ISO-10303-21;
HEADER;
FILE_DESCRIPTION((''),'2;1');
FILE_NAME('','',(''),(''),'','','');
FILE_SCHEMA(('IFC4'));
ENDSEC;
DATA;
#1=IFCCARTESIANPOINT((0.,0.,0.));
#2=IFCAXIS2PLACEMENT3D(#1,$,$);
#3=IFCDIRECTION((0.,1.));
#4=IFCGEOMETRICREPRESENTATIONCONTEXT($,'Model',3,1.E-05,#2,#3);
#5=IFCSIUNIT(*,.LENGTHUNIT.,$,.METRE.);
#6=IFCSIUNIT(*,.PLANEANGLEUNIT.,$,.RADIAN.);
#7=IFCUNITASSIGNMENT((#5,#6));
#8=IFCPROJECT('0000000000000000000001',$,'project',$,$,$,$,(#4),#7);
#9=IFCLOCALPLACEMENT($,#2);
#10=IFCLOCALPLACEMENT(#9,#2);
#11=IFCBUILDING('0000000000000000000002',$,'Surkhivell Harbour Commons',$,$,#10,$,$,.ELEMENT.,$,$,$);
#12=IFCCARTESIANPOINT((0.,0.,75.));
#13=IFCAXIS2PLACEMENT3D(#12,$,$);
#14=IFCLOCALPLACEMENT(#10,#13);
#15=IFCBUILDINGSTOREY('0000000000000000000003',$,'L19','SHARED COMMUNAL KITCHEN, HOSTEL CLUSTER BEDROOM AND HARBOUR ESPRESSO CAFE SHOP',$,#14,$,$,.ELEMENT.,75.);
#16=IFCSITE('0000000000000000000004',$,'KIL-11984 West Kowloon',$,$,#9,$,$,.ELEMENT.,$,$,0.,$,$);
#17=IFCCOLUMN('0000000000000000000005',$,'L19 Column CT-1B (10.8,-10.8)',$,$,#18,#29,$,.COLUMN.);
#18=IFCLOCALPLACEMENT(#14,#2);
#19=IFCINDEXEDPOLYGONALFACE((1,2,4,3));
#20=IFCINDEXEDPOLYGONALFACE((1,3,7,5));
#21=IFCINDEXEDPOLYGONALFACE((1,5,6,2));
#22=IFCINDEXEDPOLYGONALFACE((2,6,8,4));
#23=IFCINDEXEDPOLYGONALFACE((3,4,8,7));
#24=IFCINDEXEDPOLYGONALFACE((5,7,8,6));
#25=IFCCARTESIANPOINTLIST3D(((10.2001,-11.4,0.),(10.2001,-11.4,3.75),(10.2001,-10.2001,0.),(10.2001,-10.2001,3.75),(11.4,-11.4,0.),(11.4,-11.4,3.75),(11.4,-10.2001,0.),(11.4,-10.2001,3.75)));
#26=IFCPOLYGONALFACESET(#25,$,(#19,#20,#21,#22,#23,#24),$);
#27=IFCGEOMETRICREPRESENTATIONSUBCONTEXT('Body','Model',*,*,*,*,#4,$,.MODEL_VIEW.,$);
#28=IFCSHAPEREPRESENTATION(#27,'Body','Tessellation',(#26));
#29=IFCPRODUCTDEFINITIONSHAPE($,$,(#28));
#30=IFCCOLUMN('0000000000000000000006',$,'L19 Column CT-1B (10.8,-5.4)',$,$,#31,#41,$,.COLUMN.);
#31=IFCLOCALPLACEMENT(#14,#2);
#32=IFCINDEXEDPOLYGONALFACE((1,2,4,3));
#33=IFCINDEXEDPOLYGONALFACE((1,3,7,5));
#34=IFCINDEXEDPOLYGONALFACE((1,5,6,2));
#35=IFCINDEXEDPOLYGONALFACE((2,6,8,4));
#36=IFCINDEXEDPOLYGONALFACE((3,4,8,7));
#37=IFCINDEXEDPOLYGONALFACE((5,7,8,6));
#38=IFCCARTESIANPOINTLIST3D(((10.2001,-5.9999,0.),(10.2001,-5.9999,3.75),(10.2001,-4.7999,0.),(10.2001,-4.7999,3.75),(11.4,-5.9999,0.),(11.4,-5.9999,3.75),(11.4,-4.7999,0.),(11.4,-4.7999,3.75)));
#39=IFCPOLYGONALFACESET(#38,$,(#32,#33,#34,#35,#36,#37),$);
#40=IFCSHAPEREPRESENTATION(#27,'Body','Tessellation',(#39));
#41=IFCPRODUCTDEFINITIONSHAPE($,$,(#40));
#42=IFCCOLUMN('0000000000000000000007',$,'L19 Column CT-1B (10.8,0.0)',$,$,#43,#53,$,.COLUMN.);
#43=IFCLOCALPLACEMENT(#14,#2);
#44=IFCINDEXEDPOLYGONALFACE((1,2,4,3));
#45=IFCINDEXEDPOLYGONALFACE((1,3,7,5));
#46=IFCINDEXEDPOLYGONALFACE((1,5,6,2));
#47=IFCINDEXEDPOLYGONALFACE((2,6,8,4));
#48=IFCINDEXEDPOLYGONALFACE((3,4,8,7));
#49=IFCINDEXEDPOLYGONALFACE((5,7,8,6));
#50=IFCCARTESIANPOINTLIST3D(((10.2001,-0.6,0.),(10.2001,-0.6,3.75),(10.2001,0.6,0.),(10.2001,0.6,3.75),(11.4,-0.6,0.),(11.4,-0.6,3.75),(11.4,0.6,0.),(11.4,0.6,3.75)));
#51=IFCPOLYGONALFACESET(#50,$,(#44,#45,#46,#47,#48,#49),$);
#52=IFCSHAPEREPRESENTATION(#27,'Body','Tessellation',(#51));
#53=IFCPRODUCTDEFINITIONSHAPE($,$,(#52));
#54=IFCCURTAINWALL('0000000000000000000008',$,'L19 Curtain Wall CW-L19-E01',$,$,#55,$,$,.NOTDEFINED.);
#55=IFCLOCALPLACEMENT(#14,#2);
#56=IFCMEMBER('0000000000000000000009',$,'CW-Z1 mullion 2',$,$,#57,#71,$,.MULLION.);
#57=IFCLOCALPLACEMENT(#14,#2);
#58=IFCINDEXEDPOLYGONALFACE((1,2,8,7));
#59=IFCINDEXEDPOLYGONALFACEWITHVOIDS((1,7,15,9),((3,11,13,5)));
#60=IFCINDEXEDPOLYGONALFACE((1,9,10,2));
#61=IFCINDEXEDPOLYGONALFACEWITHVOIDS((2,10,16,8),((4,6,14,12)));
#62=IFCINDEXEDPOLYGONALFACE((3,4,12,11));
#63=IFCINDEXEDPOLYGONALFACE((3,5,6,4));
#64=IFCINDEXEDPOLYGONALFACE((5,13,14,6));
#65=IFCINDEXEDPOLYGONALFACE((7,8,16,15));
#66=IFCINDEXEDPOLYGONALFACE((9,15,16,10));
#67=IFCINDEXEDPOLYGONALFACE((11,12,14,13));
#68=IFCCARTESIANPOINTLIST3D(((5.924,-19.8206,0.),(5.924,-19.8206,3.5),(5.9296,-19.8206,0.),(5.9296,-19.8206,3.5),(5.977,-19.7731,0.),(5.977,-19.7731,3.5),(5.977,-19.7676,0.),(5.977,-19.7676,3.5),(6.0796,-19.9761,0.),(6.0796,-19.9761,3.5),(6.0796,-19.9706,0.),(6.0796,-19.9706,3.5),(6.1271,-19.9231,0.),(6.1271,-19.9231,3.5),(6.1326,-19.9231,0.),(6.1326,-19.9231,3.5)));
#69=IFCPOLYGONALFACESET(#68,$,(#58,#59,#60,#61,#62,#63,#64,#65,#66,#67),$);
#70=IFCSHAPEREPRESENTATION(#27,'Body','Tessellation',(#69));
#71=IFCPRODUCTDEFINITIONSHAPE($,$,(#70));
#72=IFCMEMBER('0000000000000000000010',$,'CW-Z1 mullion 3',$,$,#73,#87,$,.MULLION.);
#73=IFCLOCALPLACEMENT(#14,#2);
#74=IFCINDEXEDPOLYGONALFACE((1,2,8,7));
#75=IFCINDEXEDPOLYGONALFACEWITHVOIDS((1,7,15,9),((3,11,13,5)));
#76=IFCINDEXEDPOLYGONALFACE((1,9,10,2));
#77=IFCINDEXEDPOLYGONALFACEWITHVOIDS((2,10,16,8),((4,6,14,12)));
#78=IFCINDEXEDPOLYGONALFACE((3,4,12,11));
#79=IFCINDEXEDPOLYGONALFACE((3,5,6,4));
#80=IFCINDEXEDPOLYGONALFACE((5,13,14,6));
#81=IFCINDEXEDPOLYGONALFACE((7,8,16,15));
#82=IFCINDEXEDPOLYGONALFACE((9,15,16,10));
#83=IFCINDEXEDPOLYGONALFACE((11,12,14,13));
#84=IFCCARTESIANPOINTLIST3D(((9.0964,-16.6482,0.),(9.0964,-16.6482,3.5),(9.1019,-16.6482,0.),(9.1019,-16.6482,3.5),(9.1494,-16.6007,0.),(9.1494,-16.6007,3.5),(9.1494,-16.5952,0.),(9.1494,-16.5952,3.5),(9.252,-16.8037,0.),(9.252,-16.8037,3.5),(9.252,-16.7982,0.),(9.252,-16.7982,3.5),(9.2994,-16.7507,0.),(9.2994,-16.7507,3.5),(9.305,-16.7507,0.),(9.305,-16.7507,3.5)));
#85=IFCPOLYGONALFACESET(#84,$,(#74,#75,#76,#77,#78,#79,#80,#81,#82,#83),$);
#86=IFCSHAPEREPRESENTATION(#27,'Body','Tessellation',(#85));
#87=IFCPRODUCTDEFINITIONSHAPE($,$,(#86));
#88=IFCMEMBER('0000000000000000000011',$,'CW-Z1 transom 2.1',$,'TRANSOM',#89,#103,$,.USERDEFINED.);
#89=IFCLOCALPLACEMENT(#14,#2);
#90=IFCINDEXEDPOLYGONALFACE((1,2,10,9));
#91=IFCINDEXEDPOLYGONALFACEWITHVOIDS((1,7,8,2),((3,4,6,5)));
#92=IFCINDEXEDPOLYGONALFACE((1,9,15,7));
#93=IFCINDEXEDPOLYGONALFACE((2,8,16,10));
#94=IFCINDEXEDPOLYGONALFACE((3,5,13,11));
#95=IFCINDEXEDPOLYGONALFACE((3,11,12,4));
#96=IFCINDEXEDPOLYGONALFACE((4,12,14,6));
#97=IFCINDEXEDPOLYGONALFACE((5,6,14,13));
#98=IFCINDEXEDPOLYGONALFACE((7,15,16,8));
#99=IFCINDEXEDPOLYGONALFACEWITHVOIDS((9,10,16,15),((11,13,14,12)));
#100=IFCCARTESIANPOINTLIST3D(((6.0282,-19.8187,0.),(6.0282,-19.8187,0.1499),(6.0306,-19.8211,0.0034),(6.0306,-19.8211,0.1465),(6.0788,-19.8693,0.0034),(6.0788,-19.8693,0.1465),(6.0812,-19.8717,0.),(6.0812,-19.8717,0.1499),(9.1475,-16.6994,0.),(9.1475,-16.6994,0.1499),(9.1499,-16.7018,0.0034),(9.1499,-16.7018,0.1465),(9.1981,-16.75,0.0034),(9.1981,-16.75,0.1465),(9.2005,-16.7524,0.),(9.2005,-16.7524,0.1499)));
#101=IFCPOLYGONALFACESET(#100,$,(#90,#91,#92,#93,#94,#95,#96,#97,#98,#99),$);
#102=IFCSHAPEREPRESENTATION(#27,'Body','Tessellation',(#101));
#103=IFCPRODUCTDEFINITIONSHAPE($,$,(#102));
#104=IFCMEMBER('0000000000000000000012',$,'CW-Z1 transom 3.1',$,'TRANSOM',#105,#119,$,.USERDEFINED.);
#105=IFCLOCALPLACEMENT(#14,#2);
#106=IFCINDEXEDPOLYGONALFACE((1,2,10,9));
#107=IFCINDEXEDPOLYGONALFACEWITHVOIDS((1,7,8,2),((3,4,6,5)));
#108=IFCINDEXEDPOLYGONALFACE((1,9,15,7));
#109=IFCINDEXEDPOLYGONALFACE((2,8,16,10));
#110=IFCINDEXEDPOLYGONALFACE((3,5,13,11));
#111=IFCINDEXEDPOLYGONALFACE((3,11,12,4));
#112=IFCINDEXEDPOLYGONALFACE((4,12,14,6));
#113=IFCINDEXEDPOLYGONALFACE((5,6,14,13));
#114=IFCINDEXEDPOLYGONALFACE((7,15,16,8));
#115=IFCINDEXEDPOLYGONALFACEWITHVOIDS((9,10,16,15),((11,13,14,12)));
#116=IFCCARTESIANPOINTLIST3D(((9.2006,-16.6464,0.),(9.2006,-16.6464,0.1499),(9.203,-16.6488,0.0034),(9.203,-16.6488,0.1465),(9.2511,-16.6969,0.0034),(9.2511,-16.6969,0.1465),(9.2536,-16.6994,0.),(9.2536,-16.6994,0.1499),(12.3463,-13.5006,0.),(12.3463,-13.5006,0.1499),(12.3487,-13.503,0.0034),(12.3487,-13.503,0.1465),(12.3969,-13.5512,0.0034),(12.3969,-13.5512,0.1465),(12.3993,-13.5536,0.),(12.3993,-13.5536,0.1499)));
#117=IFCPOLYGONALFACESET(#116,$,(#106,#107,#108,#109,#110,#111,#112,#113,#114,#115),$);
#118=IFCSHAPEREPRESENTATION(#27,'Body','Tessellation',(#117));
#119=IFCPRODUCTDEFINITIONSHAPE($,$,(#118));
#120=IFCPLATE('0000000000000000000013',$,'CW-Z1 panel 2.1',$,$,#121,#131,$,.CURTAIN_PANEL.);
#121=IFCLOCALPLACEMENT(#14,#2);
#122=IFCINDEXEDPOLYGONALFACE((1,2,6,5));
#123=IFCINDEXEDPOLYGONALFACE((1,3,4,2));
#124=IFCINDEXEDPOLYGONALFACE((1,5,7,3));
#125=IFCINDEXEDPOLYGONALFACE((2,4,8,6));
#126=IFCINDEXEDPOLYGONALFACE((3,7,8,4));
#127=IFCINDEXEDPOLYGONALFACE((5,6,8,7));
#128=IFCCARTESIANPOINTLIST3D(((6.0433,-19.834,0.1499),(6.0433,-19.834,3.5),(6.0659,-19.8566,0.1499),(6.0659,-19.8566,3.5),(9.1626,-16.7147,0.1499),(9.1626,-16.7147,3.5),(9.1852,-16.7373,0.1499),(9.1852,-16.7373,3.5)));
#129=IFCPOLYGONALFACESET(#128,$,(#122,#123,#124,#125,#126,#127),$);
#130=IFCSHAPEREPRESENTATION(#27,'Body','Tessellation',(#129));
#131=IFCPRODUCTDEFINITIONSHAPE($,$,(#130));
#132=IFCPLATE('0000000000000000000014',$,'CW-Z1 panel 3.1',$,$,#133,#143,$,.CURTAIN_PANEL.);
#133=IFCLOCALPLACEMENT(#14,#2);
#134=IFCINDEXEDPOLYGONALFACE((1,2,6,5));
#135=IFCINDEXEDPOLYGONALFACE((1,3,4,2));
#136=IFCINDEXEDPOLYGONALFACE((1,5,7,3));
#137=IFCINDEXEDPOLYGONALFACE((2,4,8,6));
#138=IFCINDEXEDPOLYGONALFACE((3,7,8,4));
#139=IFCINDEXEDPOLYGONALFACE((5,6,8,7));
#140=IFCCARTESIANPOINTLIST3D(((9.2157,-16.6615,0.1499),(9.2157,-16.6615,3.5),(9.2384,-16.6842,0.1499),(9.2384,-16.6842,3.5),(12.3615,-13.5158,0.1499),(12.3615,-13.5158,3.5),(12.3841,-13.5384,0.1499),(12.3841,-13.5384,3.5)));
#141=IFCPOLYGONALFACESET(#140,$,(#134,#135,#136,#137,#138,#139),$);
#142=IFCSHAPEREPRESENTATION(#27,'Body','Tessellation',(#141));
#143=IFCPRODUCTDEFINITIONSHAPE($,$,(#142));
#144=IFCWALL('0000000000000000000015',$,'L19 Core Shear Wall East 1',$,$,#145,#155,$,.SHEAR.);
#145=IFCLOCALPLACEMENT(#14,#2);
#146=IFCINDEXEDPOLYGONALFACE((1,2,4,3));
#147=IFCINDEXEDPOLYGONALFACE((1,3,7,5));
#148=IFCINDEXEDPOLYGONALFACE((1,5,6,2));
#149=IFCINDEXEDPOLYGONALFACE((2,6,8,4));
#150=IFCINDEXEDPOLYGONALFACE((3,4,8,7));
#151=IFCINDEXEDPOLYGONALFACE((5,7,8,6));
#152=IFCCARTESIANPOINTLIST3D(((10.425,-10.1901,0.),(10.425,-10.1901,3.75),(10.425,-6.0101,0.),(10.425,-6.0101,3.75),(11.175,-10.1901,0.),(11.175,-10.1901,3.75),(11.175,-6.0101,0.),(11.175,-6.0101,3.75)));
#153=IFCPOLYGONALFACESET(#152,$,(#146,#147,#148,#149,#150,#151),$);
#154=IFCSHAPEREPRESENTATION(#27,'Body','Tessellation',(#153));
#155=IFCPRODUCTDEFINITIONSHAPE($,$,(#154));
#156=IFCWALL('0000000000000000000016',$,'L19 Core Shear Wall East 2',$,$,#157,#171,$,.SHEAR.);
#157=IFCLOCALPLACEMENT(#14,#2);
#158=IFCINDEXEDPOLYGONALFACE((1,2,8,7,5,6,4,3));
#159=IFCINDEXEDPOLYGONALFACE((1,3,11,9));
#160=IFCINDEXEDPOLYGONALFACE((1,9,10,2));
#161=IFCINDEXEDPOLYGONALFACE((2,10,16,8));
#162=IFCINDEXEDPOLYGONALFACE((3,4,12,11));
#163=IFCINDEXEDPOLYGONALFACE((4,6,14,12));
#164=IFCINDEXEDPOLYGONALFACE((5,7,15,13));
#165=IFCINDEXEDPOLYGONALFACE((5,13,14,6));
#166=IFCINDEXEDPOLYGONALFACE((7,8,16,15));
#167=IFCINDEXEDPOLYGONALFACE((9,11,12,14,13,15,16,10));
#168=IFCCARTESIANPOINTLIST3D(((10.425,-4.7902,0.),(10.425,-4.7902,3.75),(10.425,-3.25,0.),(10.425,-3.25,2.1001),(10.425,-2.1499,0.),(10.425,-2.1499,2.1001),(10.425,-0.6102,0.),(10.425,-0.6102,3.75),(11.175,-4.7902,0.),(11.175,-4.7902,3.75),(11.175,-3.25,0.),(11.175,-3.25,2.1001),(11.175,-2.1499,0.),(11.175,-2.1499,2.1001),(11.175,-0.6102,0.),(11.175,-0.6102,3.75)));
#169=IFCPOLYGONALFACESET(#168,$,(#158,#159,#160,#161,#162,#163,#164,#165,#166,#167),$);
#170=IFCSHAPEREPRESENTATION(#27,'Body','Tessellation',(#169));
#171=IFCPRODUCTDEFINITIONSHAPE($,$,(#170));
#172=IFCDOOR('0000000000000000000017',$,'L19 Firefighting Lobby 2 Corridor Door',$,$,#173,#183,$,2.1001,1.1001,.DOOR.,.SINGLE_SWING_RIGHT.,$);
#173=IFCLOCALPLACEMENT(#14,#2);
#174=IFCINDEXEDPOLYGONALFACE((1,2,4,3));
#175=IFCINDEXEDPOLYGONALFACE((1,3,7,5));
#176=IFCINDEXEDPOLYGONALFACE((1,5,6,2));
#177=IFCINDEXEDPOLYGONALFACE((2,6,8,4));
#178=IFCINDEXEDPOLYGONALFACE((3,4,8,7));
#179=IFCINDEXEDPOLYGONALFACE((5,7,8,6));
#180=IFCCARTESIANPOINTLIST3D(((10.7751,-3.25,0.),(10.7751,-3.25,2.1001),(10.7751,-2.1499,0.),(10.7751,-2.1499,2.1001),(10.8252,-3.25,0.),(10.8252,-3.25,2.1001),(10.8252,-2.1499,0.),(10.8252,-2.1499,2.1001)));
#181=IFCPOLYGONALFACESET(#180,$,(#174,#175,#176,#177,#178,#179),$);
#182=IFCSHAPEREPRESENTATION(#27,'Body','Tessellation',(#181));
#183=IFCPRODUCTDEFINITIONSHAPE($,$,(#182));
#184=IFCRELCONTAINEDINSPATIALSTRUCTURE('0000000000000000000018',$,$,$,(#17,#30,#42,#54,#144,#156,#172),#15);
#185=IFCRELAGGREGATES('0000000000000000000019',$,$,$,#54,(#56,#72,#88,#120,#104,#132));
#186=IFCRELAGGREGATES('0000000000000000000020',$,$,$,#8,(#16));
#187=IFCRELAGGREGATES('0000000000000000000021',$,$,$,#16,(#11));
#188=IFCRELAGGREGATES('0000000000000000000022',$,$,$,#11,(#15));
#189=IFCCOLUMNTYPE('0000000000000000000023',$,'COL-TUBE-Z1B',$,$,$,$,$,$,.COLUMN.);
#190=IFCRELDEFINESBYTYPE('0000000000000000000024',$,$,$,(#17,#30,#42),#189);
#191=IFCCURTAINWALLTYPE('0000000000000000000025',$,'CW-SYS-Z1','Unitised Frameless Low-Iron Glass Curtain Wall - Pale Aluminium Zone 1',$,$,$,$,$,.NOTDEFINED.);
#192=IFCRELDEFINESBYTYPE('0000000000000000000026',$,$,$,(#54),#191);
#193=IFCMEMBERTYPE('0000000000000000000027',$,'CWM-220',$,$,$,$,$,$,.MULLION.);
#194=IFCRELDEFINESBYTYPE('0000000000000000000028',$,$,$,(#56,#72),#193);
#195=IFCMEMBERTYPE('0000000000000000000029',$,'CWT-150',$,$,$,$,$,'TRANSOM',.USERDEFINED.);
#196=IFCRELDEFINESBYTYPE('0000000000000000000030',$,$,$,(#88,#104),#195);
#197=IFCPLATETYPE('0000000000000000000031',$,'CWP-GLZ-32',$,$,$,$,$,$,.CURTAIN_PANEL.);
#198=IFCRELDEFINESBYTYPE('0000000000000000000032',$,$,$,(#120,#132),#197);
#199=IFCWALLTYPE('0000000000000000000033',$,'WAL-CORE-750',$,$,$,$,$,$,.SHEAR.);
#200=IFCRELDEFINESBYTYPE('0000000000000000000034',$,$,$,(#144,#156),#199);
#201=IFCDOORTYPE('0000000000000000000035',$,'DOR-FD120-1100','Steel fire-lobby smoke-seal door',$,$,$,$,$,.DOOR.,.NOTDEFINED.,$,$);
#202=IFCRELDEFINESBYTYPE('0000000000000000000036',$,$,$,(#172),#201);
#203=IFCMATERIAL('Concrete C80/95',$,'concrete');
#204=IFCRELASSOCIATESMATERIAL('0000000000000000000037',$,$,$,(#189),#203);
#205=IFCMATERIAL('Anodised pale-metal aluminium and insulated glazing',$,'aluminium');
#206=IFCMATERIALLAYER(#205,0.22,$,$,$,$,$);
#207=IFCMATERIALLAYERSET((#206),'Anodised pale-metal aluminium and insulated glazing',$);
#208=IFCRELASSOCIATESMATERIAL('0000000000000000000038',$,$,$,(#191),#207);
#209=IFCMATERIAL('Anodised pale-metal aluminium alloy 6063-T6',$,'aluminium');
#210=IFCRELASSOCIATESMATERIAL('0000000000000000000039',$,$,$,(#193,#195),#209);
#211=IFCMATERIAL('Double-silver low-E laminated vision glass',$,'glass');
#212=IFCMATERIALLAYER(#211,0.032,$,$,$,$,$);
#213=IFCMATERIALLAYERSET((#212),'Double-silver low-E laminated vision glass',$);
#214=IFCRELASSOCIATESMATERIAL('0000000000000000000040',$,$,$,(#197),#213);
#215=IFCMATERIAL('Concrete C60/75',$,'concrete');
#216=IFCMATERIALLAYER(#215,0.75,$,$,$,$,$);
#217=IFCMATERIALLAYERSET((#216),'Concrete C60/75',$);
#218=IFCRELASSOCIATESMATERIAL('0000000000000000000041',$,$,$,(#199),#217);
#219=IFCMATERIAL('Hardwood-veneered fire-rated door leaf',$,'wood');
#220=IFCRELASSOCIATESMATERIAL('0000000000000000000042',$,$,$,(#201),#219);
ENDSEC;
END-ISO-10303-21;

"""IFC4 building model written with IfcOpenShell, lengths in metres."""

from ifc_helpers import new_model, si_unit, direction, frame, frame_2d, origin, origin_2d, place, context, subcontext, project, spatial, rectangle, hollow_rectangle, extrude, material, layer, layer_set, material_profile, profile_set, type_object, element, fill, aggregate, save


model = new_model("IFC4")

# Units and contexts
model_context = context("Model", 3, precision=1e-05, world=origin(), true_north=direction((0.0, 1.0)))
body_context = subcontext(model_context, "Body", "Model", "MODEL_VIEW")
ifc_project = project(units=[si_unit("LENGTHUNIT", "METRE"), si_unit("PLANEANGLEUNIT", "RADIAN")], contexts=[model_context])

# Site, building, storey
site_placement = place(None, origin())
site = spatial("IfcSite", under=ifc_project, at=site_placement, Name="KIL-11984 West Kowloon", CompositionType="ELEMENT", RefElevation=0.0)
building_placement = place(site_placement, origin())
building = spatial("IfcBuilding", under=site, at=building_placement, Name="Surkhivell Harbour Commons", CompositionType="ELEMENT")
storey_placement = place(building_placement, frame((0.0, 0.0, 75.0)))
storey = spatial("IfcBuildingStorey", under=building, at=storey_placement, Name="L19", Description="SHARED COMMUNAL KITCHEN, HOSTEL CLUSTER BEDROOM AND HARBOUR ESPRESSO CAFE SHOP", CompositionType="ELEMENT", Elevation=75.0)

# Columns
ifc_material_1 = material(Name="Concrete C80/95", Category="concrete")
ifc_material_profile_1 = material_profile(ifc_material_1, rectangle(XDim=1.2, YDim=1.2, at=origin_2d()), Name="RC-COL-1200x1200")
ifc_profile_set_1 = profile_set([ifc_material_profile_1], Name="Concrete C80/95")
column_type = type_object("IfcColumnType", Name="COL-TUBE-Z1B", PredefinedType="COLUMN", material=ifc_profile_set_1)
for number, where, z_axis, x_axis, name in (
    (1, (10.8, -10.8, 0.0), (0.0, 0.0, 1.0), (1.0, 0.0, 0.0), "L19 Column CT-1B (10.8,-10.8)"),
    (2, (10.8, -5.3999, 0.0), (0.0, 0.0, 1.0), (1.0, 0.0, 0.0), "L19 Column CT-1B (10.8,-5.4)"),
    (3, (10.8, 0.0, 0.0), (0.0, 0.0, 1.0), (1.0, 0.0, 0.0), "L19 Column CT-1B (10.8,0.0)"),
):
    element("IfcColumn", number, at=place(storey_placement, frame(where, z_axis=z_axis, x_axis=x_axis)), inside=storey, type_object=column_type, Name=name, PredefinedType="COLUMN", context=body_context, shape_type="SweptSolid", body=[
        extrude(rectangle(XDim=1.2, YDim=1.2, at=origin_2d()), origin(), (0.0, 0.0, 1.0), 3.75),
    ])

# Curtain wall, members, plates
ifc_material_2 = material(Name="Anodised pale-metal aluminium and insulated glazing", Category="aluminium")
ifc_layer_1 = layer(ifc_material_2, 0.22)
ifc_layer_set_1 = layer_set([ifc_layer_1], Name="Anodised pale-metal aluminium and insulated glazing")
curtain_wall_type = type_object("IfcCurtainWallType", Name="CW-SYS-Z1", Description="Unitised Frameless Low-Iron Glass Curtain Wall - Pale Aluminium Zone 1", PredefinedType="NOTDEFINED", material=ifc_layer_set_1)
curtain_wall_placement = place(storey_placement, origin())
curtain_wall = element("IfcCurtainWall", 4, at=curtain_wall_placement, inside=storey, type_object=curtain_wall_type, Name="L19 Curtain Wall CW-L19-E01", PredefinedType="NOTDEFINED")
ifc_material_3 = material(Name="Anodised pale-metal aluminium alloy 6063-T6", Category="aluminium")
ifc_material_profile_2 = material_profile(ifc_material_3, hollow_rectangle(XDim=0.075, YDim=0.22, WallThickness=0.0039, at=origin_2d()), Name="ALU-MULL-75x220")
ifc_profile_set_2 = profile_set([ifc_material_profile_2], Name="Anodised pale-metal aluminium alloy 6063-T6")
member_type_1 = type_object("IfcMemberType", Name="CWM-220", PredefinedType="MULLION", material=ifc_profile_set_2)
member_1_placement = place(storey_placement, frame((6.0283, -19.8718, 0.0), z_axis=(0.0, 0.0, 1.0), x_axis=(0.707107, 0.707107, 0.0)))
member_1 = element("IfcMember", 5, at=member_1_placement, type_object=member_type_1, Name="CW-Z1 mullion 2", PredefinedType="MULLION", context=body_context, shape_type="SweptSolid", body=[
    extrude(hollow_rectangle(XDim=0.075, YDim=0.22, WallThickness=0.0039, at=origin_2d()), origin(), (0.0, 0.0, 1.0), 3.5),
])
member_2_placement = place(storey_placement, frame((9.2007, -16.6995, 0.0), z_axis=(0.0, 0.0, 1.0), x_axis=(0.707107, 0.707107, 0.0)))
member_2 = element("IfcMember", 6, at=member_2_placement, type_object=member_type_1, Name="CW-Z1 mullion 3", PredefinedType="MULLION", context=body_context, shape_type="SweptSolid", body=[
    extrude(hollow_rectangle(XDim=0.075, YDim=0.22, WallThickness=0.0039, at=origin_2d()), origin(), (0.0, 0.0, 1.0), 3.5),
])
ifc_material_profile_3 = material_profile(ifc_material_3, hollow_rectangle(XDim=0.075, YDim=0.1499, WallThickness=0.0034, at=origin_2d()), Name="ALU-TRAN-75x150")
ifc_profile_set_3 = profile_set([ifc_material_profile_3], Name="Anodised pale-metal aluminium alloy 6063-T6")
member_type_2 = type_object("IfcMemberType", Name="CWT-150", ElementType="TRANSOM", PredefinedType="USERDEFINED", material=ifc_profile_set_3)
member_3_placement = place(storey_placement, frame((6.0547, -19.8452, 0.075), z_axis=(0.707107, 0.707107, 0.0), x_axis=(-0.707107, 0.707107, 0.0)))
member_3 = element("IfcMember", 7, at=member_3_placement, type_object=member_type_2, Name="CW-Z1 transom 2.1", ObjectType="TRANSOM", PredefinedType="USERDEFINED", context=body_context, shape_type="SweptSolid", body=[
    extrude(hollow_rectangle(XDim=0.075, YDim=0.1499, WallThickness=0.0034, at=origin_2d()), origin(), (0.0, 0.0, 1.0), 4.4114),
])
member_4_placement = place(storey_placement, frame((9.2271, -16.6729, 0.075), z_axis=(0.707107, 0.707107, 0.0), x_axis=(-0.707107, 0.707107, 0.0)))
member_4 = element("IfcMember", 8, at=member_4_placement, type_object=member_type_2, Name="CW-Z1 transom 3.1", ObjectType="TRANSOM", PredefinedType="USERDEFINED", context=body_context, shape_type="SweptSolid", body=[
    extrude(hollow_rectangle(XDim=0.075, YDim=0.1499, WallThickness=0.0034, at=origin_2d()), origin(), (0.0, 0.0, 1.0), 4.4487),
])
ifc_material_4 = material(Name="Double-silver low-E laminated vision glass", Category="glass")
ifc_layer_2 = layer(ifc_material_4, 0.032)
ifc_layer_set_2 = layer_set([ifc_layer_2], Name="Double-silver low-E laminated vision glass")
plate_type = type_object("IfcPlateType", Name="CWP-GLZ-32", PredefinedType="CURTAIN_PANEL", material=ifc_layer_set_2)
plate_1_placement = place(storey_placement, frame((6.0547, -19.8452, 0.1499), z_axis=(0.0, 0.0, 1.0), x_axis=(0.707107, 0.707107, 0.0)))
plate_1 = element("IfcPlate", 9, at=plate_1_placement, type_object=plate_type, Name="CW-Z1 panel 2.1", PredefinedType="CURTAIN_PANEL", context=body_context, shape_type="SweptSolid", body=[
    extrude(rectangle(XDim=4.4114, YDim=0.032, at=frame_2d((2.2056, 0.0))), origin(), (0.0, 0.0, 1.0), 3.3501),
])
plate_2_placement = place(storey_placement, frame((9.2271, -16.6729, 0.1499), z_axis=(0.0, 0.0, 1.0), x_axis=(0.707107, 0.707107, 0.0)))
plate_2 = element("IfcPlate", 10, at=plate_2_placement, type_object=plate_type, Name="CW-Z1 panel 3.1", PredefinedType="CURTAIN_PANEL", context=body_context, shape_type="SweptSolid", body=[
    extrude(rectangle(XDim=4.4487, YDim=0.032, at=frame_2d((2.2244, 0.0))), origin(), (0.0, 0.0, 1.0), 3.3501),
])
aggregate(curtain_wall, [member_1, member_2, member_3, plate_1, member_4, plate_2])

# Wall
ifc_material_5 = material(Name="Concrete C60/75", Category="concrete")
ifc_layer_3 = layer(ifc_material_5, 0.75)
ifc_layer_set_3 = layer_set([ifc_layer_3], Name="Concrete C60/75")
wall_type_1 = type_object("IfcWallType", Name="WAL-CORE-750", PredefinedType="SHEAR", material=ifc_layer_set_3)
wall_1_placement = place(storey_placement, frame((10.8, -10.1899, 0.0), z_axis=(0.0, 0.0, 1.0), x_axis=(0.0, 1.0, 0.0)))
element("IfcWall", 11, at=wall_1_placement, inside=storey, type_object=wall_type_1, Name="L19 Core Shear Wall East 1", PredefinedType="SHEAR", context=body_context, shape_type="SweptSolid", body=[
    extrude(rectangle(XDim=4.1799, YDim=0.75, at=frame_2d((2.0898, 0.0))), origin(), (0.0, 0.0, 1.0), 3.75),
])

# Wall, opening, door
wall_2_placement = place(storey_placement, frame((10.8, -4.79, 0.0), z_axis=(0.0, 0.0, 1.0), x_axis=(0.0, 1.0, 0.0)))
wall_2 = element("IfcWall", 12, at=wall_2_placement, inside=storey, type_object=wall_type_1, Name="L19 Core Shear Wall East 2", PredefinedType="SHEAR", context=body_context, shape_type="SweptSolid", body=[
    extrude(rectangle(XDim=4.1799, YDim=0.75, at=frame_2d((2.0898, 0.0))), origin(), (0.0, 0.0, 1.0), 3.75),
])
opening_1_placement = place(wall_2_placement, frame((1.54, 0.0, 0.0)))
opening_1 = element("IfcOpeningElement", 13, at=opening_1_placement, cuts=wall_2, PredefinedType="OPENING", context=body_context, shape_type="SweptSolid", body=[
    extrude(rectangle(XDim=1.1001, YDim=2.1001, at=frame_2d((0.55, 1.05))), frame((0.0, 0.385, 0.0), z_axis=(0.0, -1.0, 0.0), x_axis=(1.0, 0.0, 0.0)), (0.0, 0.0, 1.0), 0.77),
])
ifc_material_6 = material(Name="Hardwood-veneered fire-rated door leaf", Category="wood")
door_type_1 = type_object("IfcDoorType", Name="DOR-FD120-1100", Description="Steel fire-lobby smoke-seal door", OperationType="NOTDEFINED", PredefinedType="DOOR", material=ifc_material_6)
door_1_placement = place(opening_1_placement, origin())
door_1 = element("IfcDoor", 14, at=door_1_placement, inside=storey, type_object=door_type_1, Name="L19 Firefighting Lobby 2 Corridor Door", OperationType="SINGLE_SWING_RIGHT", OverallHeight=2.1001, OverallWidth=1.1001, PredefinedType="DOOR", context=body_context, shape_type="SweptSolid", body=[
    extrude(rectangle(XDim=1.1001, YDim=2.1001, at=frame_2d((0.55, 1.05))), frame((0.0, 0.0249, 0.0), z_axis=(0.0, -1.0, 0.0), x_axis=(1.0, 0.0, 0.0)), (0.0, 0.0, 1.0), 0.05),
])
fill(opening_1, door_1)

save(model, "model.ifc")
